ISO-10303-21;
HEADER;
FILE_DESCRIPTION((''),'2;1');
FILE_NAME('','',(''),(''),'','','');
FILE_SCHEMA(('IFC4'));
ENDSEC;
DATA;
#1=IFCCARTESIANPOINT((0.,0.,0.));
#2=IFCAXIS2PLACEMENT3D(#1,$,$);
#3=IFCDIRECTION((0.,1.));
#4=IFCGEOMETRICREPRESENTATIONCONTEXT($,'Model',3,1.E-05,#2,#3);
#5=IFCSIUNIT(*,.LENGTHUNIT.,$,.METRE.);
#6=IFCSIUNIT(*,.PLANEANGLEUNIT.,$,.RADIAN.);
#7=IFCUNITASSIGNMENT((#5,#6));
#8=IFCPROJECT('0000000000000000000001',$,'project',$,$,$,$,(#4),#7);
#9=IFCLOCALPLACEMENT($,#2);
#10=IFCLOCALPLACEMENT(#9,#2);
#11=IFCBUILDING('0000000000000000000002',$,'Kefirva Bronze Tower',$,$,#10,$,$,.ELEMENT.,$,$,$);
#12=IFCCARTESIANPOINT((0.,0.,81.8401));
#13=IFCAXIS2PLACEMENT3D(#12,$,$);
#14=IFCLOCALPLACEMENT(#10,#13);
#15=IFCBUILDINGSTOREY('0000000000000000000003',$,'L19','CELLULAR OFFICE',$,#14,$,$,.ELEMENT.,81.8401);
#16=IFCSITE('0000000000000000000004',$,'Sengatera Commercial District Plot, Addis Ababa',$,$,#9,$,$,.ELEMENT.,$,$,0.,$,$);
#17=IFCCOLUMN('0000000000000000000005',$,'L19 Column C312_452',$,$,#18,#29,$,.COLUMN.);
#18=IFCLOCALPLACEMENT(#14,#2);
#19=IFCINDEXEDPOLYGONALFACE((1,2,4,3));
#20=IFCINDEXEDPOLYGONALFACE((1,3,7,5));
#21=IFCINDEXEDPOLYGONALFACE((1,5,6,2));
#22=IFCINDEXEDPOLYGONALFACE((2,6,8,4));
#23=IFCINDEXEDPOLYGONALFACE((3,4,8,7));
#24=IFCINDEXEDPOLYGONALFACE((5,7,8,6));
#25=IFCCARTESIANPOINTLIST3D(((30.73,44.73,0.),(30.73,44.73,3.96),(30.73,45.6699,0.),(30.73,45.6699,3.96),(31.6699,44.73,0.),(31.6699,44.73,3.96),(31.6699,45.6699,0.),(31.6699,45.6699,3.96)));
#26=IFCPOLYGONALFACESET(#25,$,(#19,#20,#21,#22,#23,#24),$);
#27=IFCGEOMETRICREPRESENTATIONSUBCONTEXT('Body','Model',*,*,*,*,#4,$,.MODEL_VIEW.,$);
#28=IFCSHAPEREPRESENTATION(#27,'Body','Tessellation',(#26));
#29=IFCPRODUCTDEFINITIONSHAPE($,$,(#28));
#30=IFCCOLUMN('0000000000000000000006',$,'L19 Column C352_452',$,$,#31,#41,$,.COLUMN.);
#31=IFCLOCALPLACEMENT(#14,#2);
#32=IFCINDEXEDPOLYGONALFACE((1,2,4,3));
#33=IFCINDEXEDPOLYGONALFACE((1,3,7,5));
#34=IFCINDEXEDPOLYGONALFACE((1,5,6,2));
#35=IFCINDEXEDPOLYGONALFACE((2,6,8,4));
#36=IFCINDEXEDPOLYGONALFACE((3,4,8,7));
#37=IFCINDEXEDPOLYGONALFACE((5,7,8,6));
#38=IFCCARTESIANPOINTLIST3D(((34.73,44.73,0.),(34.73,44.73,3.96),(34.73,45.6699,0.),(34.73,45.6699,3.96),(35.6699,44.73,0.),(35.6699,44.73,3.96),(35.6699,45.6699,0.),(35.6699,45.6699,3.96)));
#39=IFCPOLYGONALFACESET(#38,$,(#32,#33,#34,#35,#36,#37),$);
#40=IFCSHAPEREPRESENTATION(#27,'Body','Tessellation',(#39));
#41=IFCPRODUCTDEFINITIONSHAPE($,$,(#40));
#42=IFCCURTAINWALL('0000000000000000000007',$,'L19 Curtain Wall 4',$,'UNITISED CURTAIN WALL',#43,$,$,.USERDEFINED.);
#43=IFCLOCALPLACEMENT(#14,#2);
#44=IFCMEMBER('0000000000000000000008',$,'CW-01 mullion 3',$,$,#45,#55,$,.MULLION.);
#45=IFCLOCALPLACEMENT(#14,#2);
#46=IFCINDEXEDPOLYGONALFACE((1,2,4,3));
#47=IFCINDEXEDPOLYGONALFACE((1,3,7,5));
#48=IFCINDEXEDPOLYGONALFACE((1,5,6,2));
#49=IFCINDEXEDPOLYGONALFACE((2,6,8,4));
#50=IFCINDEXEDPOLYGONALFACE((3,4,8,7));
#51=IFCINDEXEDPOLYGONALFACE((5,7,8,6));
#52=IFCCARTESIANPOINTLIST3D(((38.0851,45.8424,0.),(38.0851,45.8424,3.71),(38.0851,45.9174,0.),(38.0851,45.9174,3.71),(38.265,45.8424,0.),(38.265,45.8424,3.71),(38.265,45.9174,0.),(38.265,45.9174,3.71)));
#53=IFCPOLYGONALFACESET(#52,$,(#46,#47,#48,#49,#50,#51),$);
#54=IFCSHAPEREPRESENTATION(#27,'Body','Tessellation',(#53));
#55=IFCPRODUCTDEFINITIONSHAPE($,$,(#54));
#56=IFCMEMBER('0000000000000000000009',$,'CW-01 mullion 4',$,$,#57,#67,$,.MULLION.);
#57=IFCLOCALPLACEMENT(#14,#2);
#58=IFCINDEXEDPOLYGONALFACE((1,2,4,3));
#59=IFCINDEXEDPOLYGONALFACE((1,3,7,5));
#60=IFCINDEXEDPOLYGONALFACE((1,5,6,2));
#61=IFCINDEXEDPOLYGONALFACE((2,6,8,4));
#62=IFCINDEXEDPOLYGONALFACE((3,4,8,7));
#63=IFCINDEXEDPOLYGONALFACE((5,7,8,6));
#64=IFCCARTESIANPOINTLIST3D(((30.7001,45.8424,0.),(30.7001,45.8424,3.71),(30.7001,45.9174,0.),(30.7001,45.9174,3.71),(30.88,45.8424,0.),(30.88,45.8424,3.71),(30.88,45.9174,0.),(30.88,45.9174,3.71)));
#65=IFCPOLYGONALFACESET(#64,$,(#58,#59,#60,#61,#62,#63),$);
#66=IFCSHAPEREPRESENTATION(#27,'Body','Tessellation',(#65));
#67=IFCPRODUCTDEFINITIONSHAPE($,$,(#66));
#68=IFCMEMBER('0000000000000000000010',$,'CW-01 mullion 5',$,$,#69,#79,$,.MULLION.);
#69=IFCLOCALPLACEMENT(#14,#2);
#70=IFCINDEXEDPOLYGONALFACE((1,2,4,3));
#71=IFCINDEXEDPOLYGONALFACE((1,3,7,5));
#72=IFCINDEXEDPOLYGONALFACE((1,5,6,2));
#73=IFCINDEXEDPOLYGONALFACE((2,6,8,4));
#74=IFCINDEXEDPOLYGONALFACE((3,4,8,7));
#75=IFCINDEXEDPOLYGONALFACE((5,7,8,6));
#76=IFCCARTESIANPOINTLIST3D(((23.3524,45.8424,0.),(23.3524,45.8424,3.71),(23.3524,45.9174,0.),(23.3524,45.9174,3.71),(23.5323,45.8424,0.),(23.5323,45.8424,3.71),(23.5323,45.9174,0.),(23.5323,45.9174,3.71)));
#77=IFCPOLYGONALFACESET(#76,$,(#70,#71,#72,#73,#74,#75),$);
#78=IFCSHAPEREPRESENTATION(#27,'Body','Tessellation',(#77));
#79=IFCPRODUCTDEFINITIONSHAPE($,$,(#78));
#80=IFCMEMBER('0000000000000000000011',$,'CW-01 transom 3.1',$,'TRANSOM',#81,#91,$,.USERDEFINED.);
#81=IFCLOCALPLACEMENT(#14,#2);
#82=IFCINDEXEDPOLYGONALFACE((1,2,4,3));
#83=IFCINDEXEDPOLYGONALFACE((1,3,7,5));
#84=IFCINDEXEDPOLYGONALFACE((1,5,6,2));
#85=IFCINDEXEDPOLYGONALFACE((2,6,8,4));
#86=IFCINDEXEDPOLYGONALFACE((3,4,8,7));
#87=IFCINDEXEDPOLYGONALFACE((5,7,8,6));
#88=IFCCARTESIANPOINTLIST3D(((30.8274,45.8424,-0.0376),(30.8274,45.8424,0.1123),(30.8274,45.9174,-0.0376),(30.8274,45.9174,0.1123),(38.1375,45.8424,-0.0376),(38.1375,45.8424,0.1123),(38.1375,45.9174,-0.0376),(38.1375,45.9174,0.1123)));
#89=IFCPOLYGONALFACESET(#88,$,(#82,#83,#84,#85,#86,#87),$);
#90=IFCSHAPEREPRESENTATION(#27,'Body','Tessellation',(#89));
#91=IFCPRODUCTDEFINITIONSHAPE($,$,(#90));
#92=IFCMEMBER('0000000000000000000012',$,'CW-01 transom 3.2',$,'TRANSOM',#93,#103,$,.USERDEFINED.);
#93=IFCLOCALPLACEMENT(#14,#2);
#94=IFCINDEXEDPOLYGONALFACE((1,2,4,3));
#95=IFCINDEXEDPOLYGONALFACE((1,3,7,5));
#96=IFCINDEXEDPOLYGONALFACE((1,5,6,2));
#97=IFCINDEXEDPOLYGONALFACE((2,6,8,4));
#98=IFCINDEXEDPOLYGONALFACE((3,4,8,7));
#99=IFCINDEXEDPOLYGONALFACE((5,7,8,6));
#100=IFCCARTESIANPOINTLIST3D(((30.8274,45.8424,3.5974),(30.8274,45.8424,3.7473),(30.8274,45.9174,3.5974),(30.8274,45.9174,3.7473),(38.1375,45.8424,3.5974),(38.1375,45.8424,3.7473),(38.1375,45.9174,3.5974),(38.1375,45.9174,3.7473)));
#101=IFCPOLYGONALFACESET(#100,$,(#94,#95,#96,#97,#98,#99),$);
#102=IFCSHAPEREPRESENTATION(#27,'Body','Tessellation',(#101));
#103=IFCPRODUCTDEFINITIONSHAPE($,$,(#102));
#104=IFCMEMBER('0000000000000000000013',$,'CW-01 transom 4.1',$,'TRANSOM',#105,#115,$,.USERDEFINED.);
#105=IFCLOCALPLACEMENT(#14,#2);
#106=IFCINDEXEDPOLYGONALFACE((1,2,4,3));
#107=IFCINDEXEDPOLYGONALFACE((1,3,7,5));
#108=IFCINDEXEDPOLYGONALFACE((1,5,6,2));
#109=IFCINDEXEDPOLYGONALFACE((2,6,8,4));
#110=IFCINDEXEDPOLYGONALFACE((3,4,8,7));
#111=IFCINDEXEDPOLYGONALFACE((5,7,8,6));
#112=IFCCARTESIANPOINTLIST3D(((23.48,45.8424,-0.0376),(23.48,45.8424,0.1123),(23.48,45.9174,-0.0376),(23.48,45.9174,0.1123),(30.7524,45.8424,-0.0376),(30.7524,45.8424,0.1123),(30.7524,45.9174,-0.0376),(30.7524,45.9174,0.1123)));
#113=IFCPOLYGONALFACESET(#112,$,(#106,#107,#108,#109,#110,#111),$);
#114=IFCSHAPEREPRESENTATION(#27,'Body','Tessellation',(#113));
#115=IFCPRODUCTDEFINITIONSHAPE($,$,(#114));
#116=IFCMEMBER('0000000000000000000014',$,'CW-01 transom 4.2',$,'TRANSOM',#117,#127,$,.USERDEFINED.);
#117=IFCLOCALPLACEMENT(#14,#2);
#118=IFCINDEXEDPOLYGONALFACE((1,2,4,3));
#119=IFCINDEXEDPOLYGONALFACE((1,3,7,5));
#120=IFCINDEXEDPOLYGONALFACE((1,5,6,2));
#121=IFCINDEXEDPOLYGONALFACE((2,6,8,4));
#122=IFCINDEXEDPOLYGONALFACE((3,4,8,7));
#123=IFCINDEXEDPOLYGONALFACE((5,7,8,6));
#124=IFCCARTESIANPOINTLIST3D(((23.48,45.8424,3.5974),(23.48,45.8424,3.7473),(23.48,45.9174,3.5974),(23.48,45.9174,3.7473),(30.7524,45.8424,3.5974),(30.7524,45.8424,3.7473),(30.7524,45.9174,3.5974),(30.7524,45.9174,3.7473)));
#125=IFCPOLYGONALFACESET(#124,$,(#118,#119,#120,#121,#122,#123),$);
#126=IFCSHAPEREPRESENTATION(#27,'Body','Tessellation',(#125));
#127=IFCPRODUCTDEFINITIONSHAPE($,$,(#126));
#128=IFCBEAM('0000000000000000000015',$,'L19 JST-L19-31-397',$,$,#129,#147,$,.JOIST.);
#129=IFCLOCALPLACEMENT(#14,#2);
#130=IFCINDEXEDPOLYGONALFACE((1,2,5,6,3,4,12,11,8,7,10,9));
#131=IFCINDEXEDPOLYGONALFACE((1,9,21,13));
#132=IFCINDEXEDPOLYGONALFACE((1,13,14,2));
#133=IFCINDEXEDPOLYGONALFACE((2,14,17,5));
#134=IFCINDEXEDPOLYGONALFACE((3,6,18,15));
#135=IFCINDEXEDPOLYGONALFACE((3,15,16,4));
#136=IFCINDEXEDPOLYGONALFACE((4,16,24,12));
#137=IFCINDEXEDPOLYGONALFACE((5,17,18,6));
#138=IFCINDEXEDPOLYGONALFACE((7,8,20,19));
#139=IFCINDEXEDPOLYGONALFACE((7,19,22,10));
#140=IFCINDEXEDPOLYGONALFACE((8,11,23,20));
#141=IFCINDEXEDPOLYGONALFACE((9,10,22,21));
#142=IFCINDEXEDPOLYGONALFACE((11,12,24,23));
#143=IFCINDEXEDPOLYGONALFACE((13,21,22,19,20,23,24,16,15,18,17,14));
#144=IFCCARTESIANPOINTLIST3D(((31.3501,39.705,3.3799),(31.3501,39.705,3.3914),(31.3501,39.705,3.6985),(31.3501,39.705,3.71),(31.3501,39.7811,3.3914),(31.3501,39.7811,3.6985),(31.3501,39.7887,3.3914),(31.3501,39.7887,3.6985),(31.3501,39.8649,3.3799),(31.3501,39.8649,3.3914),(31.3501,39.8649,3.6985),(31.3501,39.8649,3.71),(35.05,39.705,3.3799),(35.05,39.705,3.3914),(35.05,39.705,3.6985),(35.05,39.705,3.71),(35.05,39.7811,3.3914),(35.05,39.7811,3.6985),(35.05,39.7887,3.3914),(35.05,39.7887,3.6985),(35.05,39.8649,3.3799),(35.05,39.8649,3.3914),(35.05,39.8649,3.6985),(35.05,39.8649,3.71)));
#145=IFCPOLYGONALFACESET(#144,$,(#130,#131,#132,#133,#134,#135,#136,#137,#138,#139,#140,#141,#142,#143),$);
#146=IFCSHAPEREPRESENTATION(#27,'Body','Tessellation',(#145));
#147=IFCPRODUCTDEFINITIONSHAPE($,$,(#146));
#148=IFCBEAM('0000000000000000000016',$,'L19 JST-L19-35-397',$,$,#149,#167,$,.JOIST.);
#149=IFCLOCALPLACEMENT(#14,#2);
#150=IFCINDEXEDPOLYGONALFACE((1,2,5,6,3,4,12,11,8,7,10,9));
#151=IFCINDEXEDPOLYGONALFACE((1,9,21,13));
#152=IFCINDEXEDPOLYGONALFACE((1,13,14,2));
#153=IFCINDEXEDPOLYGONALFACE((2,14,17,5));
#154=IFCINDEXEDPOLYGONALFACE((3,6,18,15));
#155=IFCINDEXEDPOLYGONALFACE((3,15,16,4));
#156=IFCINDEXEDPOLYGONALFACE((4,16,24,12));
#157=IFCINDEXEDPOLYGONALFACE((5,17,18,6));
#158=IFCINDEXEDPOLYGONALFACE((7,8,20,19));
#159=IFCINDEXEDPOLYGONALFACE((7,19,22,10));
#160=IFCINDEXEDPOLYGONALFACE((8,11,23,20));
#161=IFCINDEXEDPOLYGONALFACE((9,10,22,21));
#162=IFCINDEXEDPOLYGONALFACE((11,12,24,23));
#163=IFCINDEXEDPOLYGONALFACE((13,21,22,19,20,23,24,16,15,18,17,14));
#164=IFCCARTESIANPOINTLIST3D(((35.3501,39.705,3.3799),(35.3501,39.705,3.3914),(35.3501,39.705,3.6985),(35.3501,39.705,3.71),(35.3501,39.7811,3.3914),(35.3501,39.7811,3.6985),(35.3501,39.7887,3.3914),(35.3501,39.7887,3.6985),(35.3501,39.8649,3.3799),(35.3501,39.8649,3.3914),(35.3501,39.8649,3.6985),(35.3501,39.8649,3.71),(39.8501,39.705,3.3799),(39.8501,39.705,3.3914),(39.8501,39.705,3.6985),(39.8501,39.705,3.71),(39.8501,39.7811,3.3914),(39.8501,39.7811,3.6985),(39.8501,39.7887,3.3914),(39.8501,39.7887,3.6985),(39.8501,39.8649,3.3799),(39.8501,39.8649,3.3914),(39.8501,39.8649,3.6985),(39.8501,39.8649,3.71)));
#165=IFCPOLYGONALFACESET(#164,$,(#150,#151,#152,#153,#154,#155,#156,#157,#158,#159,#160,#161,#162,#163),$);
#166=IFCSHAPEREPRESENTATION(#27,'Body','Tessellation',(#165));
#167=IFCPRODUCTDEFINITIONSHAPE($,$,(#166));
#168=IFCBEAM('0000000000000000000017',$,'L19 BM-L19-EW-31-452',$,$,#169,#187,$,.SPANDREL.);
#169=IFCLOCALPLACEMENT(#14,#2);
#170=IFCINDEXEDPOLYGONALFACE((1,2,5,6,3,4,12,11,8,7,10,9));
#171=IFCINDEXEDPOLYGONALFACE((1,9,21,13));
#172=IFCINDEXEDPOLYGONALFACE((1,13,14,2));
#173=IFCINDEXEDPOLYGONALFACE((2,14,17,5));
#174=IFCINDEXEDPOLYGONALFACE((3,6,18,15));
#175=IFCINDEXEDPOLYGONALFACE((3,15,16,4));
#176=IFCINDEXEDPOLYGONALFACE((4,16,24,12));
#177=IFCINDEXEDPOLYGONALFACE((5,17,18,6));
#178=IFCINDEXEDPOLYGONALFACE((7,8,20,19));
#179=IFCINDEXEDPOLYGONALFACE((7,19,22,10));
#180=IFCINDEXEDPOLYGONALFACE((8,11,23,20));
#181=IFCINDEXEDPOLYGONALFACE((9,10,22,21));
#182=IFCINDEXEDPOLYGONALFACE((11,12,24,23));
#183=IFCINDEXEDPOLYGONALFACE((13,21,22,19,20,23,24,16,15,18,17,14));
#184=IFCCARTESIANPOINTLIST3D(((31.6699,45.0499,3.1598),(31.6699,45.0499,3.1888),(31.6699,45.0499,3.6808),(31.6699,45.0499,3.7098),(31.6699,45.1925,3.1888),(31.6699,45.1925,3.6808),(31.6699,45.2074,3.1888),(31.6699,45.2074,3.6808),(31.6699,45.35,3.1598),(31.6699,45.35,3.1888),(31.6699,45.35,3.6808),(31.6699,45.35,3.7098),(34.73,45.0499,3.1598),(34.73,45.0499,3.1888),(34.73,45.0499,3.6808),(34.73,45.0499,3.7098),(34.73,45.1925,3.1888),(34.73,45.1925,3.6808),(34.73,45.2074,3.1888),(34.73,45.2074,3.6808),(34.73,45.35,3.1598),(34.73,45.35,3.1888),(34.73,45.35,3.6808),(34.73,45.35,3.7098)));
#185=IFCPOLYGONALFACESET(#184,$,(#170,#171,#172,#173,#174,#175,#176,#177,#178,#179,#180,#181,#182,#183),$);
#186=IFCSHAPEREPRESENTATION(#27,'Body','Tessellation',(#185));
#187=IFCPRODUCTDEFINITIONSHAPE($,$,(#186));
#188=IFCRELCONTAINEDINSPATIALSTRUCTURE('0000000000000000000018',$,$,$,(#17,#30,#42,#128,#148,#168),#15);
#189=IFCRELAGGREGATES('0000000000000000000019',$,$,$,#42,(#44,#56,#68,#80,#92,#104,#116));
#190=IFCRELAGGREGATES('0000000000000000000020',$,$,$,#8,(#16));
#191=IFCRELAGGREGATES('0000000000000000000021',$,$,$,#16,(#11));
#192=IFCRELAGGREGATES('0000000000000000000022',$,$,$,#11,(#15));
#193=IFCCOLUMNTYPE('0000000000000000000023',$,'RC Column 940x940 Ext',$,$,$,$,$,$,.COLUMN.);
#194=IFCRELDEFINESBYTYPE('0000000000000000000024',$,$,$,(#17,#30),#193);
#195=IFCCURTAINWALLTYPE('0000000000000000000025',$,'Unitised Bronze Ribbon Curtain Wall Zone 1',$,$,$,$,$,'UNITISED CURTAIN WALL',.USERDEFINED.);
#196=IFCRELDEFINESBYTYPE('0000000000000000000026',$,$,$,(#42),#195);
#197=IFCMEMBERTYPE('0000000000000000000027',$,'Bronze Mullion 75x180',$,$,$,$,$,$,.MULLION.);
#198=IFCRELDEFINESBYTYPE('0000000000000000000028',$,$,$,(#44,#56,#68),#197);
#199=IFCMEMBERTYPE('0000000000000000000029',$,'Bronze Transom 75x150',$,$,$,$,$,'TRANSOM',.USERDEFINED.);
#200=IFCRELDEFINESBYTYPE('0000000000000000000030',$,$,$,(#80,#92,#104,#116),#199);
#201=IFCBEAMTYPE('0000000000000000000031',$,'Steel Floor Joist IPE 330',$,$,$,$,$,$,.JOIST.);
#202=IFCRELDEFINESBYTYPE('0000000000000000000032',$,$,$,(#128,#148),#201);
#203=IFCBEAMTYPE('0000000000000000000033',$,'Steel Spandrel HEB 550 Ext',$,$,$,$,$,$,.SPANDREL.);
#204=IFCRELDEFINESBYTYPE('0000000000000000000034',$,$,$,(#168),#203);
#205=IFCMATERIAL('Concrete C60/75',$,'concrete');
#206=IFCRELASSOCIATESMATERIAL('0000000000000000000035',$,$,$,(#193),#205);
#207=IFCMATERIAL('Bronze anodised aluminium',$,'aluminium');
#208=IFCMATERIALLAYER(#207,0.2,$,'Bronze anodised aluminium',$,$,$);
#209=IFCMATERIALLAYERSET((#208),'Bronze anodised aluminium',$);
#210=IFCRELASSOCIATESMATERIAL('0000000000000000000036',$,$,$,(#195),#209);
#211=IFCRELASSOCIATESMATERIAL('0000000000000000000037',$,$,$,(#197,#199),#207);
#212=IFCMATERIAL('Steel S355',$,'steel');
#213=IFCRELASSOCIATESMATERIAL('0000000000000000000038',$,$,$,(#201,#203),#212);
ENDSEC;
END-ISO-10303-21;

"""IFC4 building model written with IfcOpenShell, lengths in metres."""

from ifc_helpers import new_model, si_unit, direction, frame, origin, origin_2d, place, context, subcontext, project, spatial, rectangle, i_section, extrude, material, layer, layer_set, material_profile, profile_set, type_object, element, aggregate, save


model = new_model("IFC4")

# Units and contexts
model_context = context("Model", 3, precision=1e-05, world=origin(), true_north=direction((0.0, 1.0)))
body_context = subcontext(model_context, "Body", "Model", "MODEL_VIEW")
ifc_project = project(units=[si_unit("LENGTHUNIT", "METRE"), si_unit("PLANEANGLEUNIT", "RADIAN")], contexts=[model_context])

# Site, building, storey
site_placement = place(None, origin())
site = spatial("IfcSite", under=ifc_project, at=site_placement, Name="Sengatera Commercial District Plot, Addis Ababa", CompositionType="ELEMENT", RefElevation=0.0)
building_placement = place(site_placement, origin())
building = spatial("IfcBuilding", under=site, at=building_placement, Name="Kefirva Bronze Tower", CompositionType="ELEMENT")
storey_placement = place(building_placement, frame((0.0, 0.0, 81.8401)))
storey = spatial("IfcBuildingStorey", under=building, at=storey_placement, Name="L19", Description="CELLULAR OFFICE", CompositionType="ELEMENT", Elevation=81.8401)

# Columns
ifc_material_1 = material(Name="Concrete C60/75", Category="concrete")
ifc_material_profile_1 = material_profile(ifc_material_1, rectangle(XDim=0.9399, YDim=0.9399, at=origin_2d()), Name="RC 940x940")
ifc_profile_set_1 = profile_set([ifc_material_profile_1], Name="Concrete C60/75")
column_type = type_object("IfcColumnType", Name="RC Column 940x940 Ext", PredefinedType="COLUMN", material=ifc_profile_set_1)
for number, where, z_axis, x_axis, name in (
    (1, (31.2, 45.2, 0.0), (0.0, 0.0, 1.0), (1.0, 0.0, 0.0), "L19 Column C312_452"),
    (2, (35.2, 45.2, 0.0), (0.0, 0.0, 1.0), (1.0, 0.0, 0.0), "L19 Column C352_452"),
):
    element("IfcColumn", number, at=place(storey_placement, frame(where, z_axis=z_axis, x_axis=x_axis)), inside=storey, type_object=column_type, Name=name, PredefinedType="COLUMN", context=body_context, shape_type="SweptSolid", body=[
        extrude(rectangle(XDim=0.9399, YDim=0.9399, at=origin_2d()), origin(), (0.0, 0.0, 1.0), 3.96),
    ])

# Curtain wall, members
ifc_material_2 = material(Name="Bronze anodised aluminium", Category="aluminium")
ifc_layer_1 = layer(ifc_material_2, 0.2, Name="Bronze anodised aluminium")
ifc_layer_set_1 = layer_set([ifc_layer_1], Name="Bronze anodised aluminium")
curtain_wall_type = type_object("IfcCurtainWallType", Name="Unitised Bronze Ribbon Curtain Wall Zone 1", ElementType="UNITISED CURTAIN WALL", PredefinedType="USERDEFINED", material=ifc_layer_set_1)
curtain_wall_placement = place(storey_placement, origin())
curtain_wall = element("IfcCurtainWall", 3, at=curtain_wall_placement, inside=storey, type_object=curtain_wall_type, Name="L19 Curtain Wall 4", ObjectType="UNITISED CURTAIN WALL", PredefinedType="USERDEFINED")
ifc_material_profile_2 = material_profile(ifc_material_2, rectangle(XDim=0.075, YDim=0.1799, at=origin_2d()), Name="ALU 75x180")
ifc_profile_set_2 = profile_set([ifc_material_profile_2], Name="Bronze anodised aluminium")
member_type_1 = type_object("IfcMemberType", Name="Bronze Mullion 75x180", PredefinedType="MULLION", material=ifc_profile_set_2)
member_1_placement = place(storey_placement, frame((38.175, 45.8799, 0.0), z_axis=(0.0, 0.0, 1.0), x_axis=(0.0, -1.0, 0.0)))
member_1 = element("IfcMember", 4, at=member_1_placement, type_object=member_type_1, Name="CW-01 mullion 3", PredefinedType="MULLION", context=body_context, shape_type="SweptSolid", body=[
    extrude(rectangle(XDim=0.075, YDim=0.1799, at=origin_2d()), origin(), (0.0, 0.0, 1.0), 3.71),
])
member_2_placement = place(storey_placement, frame((30.79, 45.8799, 0.0), z_axis=(0.0, 0.0, 1.0), x_axis=(0.0, -1.0, 0.0)))
member_2 = element("IfcMember", 5, at=member_2_placement, type_object=member_type_1, Name="CW-01 mullion 4", PredefinedType="MULLION", context=body_context, shape_type="SweptSolid", body=[
    extrude(rectangle(XDim=0.075, YDim=0.1799, at=origin_2d()), origin(), (0.0, 0.0, 1.0), 3.71),
])
member_3_placement = place(storey_placement, frame((23.4424, 45.8799, 0.0), z_axis=(0.0, 0.0, 1.0), x_axis=(0.0, -1.0, 0.0)))
member_3 = element("IfcMember", 6, at=member_3_placement, type_object=member_type_1, Name="CW-01 mullion 5", PredefinedType="MULLION", context=body_context, shape_type="SweptSolid", body=[
    extrude(rectangle(XDim=0.075, YDim=0.1799, at=origin_2d()), origin(), (0.0, 0.0, 1.0), 3.71),
])
ifc_material_profile_3 = material_profile(ifc_material_2, rectangle(XDim=0.075, YDim=0.1499, at=origin_2d()), Name="ALU 75x150")
ifc_profile_set_3 = profile_set([ifc_material_profile_3], Name="Bronze anodised aluminium")
member_type_2 = type_object("IfcMemberType", Name="Bronze Transom 75x150", ElementType="TRANSOM", PredefinedType="USERDEFINED", material=ifc_profile_set_3)
member_4_placement = place(storey_placement, frame((38.1375, 45.8799, 0.0374), z_axis=(-1.0, 0.0, 0.0), x_axis=(0.0, -1.0, 0.0)))
member_4 = element("IfcMember", 7, at=member_4_placement, type_object=member_type_2, Name="CW-01 transom 3.1", ObjectType="TRANSOM", PredefinedType="USERDEFINED", context=body_context, shape_type="SweptSolid", body=[
    extrude(rectangle(XDim=0.075, YDim=0.1499, at=origin_2d()), origin(), (0.0, 0.0, 1.0), 7.3101),
])
member_5_placement = place(storey_placement, frame((38.1375, 45.8799, 3.6724), z_axis=(-1.0, 0.0, 0.0), x_axis=(0.0, -1.0, 0.0)))
member_5 = element("IfcMember", 8, at=member_5_placement, type_object=member_type_2, Name="CW-01 transom 3.2", ObjectType="TRANSOM", PredefinedType="USERDEFINED", context=body_context, shape_type="SweptSolid", body=[
    extrude(rectangle(XDim=0.075, YDim=0.1499, at=origin_2d()), origin(), (0.0, 0.0, 1.0), 7.3101),
])
member_6_placement = place(storey_placement, frame((30.7524, 45.8799, 0.0374), z_axis=(-1.0, 0.0, 0.0), x_axis=(0.0, -1.0, 0.0)))
member_6 = element("IfcMember", 9, at=member_6_placement, type_object=member_type_2, Name="CW-01 transom 4.1", ObjectType="TRANSOM", PredefinedType="USERDEFINED", context=body_context, shape_type="SweptSolid", body=[
    extrude(rectangle(XDim=0.075, YDim=0.1499, at=origin_2d()), origin(), (0.0, 0.0, 1.0), 7.2725),
])
member_7_placement = place(storey_placement, frame((30.7524, 45.8799, 3.6724), z_axis=(-1.0, 0.0, 0.0), x_axis=(0.0, -1.0, 0.0)))
member_7 = element("IfcMember", 10, at=member_7_placement, type_object=member_type_2, Name="CW-01 transom 4.2", ObjectType="TRANSOM", PredefinedType="USERDEFINED", context=body_context, shape_type="SweptSolid", body=[
    extrude(rectangle(XDim=0.075, YDim=0.1499, at=origin_2d()), origin(), (0.0, 0.0, 1.0), 7.2725),
])

# Beams
ifc_material_3 = material(Name="Steel S355", Category="steel")
ifc_material_profile_4 = material_profile(ifc_material_3, i_section(OverallWidth=0.1599, OverallDepth=0.3301, WebThickness=0.0076, FlangeThickness=0.0115, at=origin_2d()), Name="IPE 330")
ifc_profile_set_4 = profile_set([ifc_material_profile_4], Name="Steel S355")
beam_type_1 = type_object("IfcBeamType", Name="Steel Floor Joist IPE 330", PredefinedType="JOIST", material=ifc_profile_set_4)
beam_1_placement = place(storey_placement, frame((31.3501, 39.7849, 3.5449), z_axis=(1.0, 0.0, 0.0), x_axis=(0.0, 1.0, 0.0)))
element("IfcBeam", 11, at=beam_1_placement, inside=storey, type_object=beam_type_1, Name="L19 JST-L19-31-397", PredefinedType="JOIST", context=body_context, shape_type="SweptSolid", body=[
    extrude(i_section(OverallWidth=0.1599, OverallDepth=0.3301, WebThickness=0.0076, FlangeThickness=0.0115, at=origin_2d()), origin(), (0.0, 0.0, 1.0), 3.7),
])
beam_2_placement = place(storey_placement, frame((35.3501, 39.7849, 3.5449), z_axis=(1.0, 0.0, 0.0), x_axis=(0.0, 1.0, 0.0)))
element("IfcBeam", 12, at=beam_2_placement, inside=storey, type_object=beam_type_1, Name="L19 JST-L19-35-397", PredefinedType="JOIST", context=body_context, shape_type="SweptSolid", body=[
    extrude(i_section(OverallWidth=0.1599, OverallDepth=0.3301, WebThickness=0.0076, FlangeThickness=0.0115, at=origin_2d()), origin(), (0.0, 0.0, 1.0), 4.5),
])
ifc_material_profile_5 = material_profile(ifc_material_3, i_section(OverallWidth=0.3, OverallDepth=0.55, WebThickness=0.0149, FlangeThickness=0.0291, at=origin_2d()), Name="HEB 550")
ifc_profile_set_5 = profile_set([ifc_material_profile_5], Name="Steel S355")
beam_type_2 = type_object("IfcBeamType", Name="Steel Spandrel HEB 550 Ext", PredefinedType="SPANDREL", material=ifc_profile_set_5)
beam_3_placement = place(storey_placement, frame((31.6699, 45.2, 3.4348), z_axis=(1.0, 0.0, 0.0), x_axis=(0.0, 1.0, 0.0)))
element("IfcBeam", 13, at=beam_3_placement, inside=storey, type_object=beam_type_2, Name="L19 BM-L19-EW-31-452", PredefinedType="SPANDREL", context=body_context, shape_type="SweptSolid", body=[
    extrude(i_section(OverallWidth=0.3, OverallDepth=0.55, WebThickness=0.0149, FlangeThickness=0.0291, at=origin_2d()), origin(), (0.0, 0.0, 1.0), 3.0601),
])

aggregate(curtain_wall, [member_1, member_2, member_3, member_4, member_5, member_6, member_7])

save(model, "model.ifc")
